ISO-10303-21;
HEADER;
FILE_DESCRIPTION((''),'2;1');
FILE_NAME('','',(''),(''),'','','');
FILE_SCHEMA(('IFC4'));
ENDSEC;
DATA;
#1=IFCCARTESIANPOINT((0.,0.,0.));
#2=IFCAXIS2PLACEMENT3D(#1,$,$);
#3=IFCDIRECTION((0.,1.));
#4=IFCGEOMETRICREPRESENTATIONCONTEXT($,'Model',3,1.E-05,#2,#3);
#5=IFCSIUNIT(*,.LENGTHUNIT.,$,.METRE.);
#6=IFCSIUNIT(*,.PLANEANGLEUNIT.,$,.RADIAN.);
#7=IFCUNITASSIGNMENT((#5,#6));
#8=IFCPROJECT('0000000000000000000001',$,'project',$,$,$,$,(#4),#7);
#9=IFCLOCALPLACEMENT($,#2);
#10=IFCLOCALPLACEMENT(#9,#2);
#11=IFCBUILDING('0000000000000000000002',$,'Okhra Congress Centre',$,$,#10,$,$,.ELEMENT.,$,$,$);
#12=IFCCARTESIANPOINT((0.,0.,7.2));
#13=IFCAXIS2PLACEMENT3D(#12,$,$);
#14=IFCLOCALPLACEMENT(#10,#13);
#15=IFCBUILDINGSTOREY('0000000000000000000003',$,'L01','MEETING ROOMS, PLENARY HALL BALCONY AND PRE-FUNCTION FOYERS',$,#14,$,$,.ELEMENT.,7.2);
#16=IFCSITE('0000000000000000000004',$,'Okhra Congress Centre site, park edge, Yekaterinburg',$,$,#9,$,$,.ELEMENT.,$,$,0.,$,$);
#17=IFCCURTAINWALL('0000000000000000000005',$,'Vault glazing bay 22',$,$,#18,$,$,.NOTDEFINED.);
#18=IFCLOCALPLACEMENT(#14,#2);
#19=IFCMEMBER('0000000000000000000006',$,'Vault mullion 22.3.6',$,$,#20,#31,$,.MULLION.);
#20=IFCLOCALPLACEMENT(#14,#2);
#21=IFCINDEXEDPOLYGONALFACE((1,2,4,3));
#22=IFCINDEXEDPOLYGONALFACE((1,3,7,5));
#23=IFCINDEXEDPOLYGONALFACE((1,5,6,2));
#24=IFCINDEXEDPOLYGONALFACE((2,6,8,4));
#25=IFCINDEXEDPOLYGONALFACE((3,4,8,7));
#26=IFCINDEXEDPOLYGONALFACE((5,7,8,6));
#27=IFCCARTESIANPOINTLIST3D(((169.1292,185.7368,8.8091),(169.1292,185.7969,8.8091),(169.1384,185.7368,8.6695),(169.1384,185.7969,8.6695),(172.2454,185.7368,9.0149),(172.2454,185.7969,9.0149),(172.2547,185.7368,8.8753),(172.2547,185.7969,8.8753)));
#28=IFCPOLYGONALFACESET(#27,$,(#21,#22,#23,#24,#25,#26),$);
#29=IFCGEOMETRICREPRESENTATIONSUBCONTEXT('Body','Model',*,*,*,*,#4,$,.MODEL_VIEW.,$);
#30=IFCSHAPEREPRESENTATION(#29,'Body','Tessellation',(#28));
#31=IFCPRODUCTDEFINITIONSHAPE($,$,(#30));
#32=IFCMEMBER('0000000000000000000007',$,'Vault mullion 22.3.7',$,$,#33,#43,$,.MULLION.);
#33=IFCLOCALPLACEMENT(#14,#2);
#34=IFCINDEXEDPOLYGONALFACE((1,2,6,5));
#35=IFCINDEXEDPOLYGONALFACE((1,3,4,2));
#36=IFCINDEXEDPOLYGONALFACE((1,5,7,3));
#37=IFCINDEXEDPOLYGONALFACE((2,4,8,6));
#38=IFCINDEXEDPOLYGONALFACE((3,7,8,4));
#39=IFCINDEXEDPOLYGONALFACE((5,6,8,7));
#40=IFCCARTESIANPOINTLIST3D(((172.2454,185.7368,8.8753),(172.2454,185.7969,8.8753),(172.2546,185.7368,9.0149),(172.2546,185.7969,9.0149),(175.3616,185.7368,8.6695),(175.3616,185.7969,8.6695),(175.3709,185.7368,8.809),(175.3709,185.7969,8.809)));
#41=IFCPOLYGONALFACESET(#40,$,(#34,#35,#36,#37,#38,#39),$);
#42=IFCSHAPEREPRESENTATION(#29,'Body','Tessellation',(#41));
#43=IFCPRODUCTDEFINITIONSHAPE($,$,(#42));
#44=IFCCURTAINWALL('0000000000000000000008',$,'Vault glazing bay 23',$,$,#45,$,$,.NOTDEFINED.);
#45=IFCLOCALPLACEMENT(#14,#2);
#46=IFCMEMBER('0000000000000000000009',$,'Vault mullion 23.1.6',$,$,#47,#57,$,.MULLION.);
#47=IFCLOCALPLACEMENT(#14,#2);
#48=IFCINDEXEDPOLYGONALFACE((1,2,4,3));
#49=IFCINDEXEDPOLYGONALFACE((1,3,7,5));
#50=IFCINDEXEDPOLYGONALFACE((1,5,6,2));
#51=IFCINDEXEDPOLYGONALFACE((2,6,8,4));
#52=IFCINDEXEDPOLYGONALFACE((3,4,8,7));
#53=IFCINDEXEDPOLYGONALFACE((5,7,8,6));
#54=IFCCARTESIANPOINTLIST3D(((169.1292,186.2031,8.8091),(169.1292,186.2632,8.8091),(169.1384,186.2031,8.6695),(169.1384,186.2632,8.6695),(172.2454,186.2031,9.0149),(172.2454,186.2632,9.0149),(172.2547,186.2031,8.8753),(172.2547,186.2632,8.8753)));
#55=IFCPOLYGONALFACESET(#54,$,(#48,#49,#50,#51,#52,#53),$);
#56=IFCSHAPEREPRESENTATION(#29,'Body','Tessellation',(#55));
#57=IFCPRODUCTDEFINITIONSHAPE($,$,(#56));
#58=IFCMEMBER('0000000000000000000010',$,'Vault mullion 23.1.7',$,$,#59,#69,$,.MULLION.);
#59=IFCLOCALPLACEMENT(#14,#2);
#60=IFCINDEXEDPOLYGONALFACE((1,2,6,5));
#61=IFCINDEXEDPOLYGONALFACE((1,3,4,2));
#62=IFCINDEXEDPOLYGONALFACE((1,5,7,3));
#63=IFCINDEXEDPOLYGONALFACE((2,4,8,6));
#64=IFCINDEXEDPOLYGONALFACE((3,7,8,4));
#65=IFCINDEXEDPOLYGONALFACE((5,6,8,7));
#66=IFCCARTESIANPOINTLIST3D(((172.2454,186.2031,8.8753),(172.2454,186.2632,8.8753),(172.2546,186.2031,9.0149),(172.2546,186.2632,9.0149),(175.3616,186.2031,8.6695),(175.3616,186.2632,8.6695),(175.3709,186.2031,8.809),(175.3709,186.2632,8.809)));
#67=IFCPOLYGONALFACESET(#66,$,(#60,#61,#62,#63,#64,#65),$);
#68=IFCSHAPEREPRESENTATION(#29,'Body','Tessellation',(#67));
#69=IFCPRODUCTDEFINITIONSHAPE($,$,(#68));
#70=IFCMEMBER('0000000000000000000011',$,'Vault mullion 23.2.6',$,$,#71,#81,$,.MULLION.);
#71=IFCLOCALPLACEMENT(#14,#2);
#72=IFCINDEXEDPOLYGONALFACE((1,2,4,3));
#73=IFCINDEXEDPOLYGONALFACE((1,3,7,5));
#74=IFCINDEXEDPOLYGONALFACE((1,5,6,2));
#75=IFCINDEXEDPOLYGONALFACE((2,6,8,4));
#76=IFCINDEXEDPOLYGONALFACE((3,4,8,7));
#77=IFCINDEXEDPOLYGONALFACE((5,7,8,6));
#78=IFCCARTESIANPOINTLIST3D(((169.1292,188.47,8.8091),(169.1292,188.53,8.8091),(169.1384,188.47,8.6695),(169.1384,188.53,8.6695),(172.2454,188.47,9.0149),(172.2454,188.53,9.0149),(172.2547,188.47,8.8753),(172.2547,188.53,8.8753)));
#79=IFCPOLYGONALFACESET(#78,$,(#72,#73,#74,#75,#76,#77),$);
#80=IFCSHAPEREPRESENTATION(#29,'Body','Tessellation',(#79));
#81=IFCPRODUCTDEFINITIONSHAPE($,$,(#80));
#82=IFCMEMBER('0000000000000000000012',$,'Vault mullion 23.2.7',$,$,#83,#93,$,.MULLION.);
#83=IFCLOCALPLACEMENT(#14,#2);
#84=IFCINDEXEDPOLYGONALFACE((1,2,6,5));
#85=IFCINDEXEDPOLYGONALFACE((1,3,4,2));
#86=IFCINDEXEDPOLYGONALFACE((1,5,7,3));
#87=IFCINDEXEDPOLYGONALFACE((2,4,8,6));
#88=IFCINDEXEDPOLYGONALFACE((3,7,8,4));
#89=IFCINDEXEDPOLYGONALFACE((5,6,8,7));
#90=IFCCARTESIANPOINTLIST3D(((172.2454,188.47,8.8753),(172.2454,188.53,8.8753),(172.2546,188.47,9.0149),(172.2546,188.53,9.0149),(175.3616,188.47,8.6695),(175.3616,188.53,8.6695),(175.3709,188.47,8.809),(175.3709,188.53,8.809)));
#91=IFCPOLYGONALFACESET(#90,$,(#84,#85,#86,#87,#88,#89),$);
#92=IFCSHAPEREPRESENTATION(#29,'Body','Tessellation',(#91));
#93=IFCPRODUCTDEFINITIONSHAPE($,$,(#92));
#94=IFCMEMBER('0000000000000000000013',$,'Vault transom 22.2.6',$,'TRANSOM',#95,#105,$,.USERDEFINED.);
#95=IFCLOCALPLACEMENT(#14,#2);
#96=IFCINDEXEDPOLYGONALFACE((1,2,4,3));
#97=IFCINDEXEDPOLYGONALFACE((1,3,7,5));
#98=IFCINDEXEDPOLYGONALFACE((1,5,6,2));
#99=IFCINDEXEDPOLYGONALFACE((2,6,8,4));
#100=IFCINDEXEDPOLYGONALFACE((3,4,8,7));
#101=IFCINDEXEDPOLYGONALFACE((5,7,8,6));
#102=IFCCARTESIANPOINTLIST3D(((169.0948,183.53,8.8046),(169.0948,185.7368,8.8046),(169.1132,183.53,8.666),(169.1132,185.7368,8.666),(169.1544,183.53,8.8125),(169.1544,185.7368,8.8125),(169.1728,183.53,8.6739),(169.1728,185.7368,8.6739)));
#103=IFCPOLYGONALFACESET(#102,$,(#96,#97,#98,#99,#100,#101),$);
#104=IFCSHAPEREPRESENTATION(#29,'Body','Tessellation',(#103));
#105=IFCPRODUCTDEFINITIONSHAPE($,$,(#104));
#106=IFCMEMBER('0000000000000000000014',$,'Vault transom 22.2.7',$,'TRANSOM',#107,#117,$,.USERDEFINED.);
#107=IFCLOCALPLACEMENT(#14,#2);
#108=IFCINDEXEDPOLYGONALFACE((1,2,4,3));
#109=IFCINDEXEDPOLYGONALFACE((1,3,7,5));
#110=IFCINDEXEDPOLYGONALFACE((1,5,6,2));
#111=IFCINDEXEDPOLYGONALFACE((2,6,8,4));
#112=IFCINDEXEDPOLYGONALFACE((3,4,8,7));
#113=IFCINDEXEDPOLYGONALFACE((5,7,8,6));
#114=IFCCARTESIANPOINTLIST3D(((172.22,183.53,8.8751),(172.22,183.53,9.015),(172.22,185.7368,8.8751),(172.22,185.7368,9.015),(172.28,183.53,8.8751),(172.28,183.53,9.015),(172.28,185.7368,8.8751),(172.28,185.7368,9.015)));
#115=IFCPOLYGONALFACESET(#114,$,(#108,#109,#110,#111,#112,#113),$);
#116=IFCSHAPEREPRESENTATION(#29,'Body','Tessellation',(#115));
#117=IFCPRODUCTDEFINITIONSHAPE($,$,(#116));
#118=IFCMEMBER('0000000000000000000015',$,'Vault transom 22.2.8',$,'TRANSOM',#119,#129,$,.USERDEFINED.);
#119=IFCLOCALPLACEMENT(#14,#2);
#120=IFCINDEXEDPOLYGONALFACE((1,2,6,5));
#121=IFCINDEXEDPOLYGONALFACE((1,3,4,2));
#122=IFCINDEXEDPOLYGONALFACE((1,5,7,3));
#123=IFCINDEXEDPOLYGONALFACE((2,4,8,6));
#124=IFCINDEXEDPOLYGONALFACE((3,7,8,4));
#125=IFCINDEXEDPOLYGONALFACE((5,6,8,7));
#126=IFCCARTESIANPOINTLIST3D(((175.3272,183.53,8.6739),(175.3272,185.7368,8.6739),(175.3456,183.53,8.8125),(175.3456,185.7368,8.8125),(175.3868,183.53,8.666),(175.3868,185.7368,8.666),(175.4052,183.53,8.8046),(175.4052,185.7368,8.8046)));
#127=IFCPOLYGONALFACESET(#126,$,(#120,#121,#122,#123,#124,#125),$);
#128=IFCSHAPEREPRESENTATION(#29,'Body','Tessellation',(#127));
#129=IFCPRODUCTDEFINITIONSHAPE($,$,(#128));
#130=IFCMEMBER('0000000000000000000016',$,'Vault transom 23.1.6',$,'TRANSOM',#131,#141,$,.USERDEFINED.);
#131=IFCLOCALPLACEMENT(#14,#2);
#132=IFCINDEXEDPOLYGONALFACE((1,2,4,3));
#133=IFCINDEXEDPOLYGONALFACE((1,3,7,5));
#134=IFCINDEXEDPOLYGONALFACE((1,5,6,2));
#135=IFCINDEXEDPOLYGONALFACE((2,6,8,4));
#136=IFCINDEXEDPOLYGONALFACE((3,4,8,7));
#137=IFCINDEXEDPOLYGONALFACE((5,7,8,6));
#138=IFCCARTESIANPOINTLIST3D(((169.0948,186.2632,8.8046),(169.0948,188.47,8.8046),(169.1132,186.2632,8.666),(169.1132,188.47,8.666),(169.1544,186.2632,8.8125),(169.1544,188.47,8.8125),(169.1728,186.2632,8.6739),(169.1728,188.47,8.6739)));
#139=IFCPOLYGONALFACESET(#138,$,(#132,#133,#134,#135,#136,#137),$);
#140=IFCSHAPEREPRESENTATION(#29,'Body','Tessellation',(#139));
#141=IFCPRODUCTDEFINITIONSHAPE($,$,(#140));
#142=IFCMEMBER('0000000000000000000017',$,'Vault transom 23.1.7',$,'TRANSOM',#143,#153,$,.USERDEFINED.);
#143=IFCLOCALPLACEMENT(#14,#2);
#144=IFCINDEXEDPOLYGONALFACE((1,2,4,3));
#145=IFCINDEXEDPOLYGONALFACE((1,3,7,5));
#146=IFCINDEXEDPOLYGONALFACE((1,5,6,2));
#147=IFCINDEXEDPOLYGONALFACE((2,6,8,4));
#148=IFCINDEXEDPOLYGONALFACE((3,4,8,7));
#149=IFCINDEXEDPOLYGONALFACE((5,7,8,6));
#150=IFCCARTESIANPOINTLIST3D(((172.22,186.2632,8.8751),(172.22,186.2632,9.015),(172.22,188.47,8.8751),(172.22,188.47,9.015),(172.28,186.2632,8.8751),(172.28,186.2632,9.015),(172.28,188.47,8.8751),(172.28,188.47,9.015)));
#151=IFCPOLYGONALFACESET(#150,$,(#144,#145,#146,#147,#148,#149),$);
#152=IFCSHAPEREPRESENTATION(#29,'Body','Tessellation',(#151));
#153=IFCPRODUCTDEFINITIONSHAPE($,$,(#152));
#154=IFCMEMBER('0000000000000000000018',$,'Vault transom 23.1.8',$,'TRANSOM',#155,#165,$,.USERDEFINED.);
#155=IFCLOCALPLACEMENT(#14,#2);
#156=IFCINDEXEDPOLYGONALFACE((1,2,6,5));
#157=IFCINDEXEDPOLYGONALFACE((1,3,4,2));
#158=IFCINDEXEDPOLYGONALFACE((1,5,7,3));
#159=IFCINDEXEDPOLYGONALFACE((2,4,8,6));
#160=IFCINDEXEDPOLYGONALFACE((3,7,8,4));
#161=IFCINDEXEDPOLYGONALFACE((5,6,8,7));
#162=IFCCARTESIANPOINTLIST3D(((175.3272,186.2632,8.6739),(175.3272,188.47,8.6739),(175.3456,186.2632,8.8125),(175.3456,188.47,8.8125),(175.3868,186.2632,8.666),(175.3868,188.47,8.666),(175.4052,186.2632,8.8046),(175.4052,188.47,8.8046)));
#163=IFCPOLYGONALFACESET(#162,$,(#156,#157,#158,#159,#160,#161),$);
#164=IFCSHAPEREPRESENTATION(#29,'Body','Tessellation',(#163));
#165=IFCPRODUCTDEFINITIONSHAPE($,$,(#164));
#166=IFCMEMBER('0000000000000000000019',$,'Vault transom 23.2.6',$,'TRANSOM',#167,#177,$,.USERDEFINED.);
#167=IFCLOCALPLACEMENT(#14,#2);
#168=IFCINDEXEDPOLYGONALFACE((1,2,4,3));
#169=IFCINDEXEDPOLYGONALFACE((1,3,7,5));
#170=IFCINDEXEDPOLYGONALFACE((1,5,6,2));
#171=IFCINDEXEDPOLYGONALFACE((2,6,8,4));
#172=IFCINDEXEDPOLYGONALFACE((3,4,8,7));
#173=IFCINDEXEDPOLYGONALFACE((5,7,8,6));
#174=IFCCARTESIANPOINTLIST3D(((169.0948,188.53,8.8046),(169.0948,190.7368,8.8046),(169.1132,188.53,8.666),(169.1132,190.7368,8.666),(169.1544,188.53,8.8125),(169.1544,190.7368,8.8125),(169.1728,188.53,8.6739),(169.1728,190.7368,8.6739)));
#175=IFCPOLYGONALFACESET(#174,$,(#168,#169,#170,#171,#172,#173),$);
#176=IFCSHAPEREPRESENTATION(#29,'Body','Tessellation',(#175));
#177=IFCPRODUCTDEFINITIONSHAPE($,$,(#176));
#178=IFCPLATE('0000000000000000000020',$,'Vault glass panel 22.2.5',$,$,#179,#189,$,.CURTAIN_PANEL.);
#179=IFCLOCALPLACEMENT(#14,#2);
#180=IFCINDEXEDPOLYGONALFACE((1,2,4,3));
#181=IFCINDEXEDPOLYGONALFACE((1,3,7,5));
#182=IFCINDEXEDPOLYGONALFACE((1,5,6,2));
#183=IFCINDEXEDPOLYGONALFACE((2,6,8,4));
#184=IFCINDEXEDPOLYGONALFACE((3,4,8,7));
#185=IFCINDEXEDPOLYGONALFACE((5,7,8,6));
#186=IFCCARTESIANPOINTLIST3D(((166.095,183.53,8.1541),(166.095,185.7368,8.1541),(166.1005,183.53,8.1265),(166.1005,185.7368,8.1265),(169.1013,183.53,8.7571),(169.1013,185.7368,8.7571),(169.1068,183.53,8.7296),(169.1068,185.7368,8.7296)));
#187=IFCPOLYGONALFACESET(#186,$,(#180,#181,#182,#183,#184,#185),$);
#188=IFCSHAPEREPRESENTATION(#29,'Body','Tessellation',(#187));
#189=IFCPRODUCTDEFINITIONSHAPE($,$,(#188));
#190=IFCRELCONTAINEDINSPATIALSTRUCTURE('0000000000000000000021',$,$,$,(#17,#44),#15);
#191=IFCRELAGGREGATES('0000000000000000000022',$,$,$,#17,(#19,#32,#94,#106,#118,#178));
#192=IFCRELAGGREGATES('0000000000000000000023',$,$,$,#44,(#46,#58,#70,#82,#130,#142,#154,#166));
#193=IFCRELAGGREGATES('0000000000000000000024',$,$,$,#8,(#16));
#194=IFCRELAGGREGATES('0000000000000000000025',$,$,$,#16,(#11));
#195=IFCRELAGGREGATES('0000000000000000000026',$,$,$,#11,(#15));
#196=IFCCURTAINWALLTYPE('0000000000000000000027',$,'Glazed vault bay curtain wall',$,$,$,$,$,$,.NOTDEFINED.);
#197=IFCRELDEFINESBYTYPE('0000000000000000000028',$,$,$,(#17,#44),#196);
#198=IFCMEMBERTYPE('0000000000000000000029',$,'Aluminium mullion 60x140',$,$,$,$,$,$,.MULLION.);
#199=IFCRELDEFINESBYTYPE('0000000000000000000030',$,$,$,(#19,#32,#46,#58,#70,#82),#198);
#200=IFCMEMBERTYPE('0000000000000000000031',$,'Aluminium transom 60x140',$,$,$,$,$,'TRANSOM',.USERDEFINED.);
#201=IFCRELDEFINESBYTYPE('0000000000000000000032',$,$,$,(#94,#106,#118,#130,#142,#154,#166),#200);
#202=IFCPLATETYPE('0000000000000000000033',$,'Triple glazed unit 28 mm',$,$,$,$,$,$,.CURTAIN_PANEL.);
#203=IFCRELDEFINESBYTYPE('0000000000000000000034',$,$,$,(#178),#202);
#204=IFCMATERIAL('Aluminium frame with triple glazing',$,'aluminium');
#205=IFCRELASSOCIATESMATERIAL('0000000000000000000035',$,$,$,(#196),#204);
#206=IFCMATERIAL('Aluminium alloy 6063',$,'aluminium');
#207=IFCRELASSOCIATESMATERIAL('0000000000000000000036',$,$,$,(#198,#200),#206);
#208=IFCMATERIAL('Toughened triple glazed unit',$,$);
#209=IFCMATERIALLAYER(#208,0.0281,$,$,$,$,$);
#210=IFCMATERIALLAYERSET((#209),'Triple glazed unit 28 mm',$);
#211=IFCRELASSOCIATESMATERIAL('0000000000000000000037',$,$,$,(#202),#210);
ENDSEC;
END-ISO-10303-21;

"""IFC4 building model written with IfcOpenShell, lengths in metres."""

from ifc_helpers import new_model, si_unit, direction, frame, origin, origin_2d, place, context, subcontext, project, spatial, polyline, rectangle, outline, extrude, material, layer, layer_set, material_profile, profile_set, type_object, element, aggregate, save


model = new_model("IFC4")

# Units and contexts
model_context = context("Model", 3, precision=1e-05, world=origin(), true_north=direction((0.0, 1.0)))
body_context = subcontext(model_context, "Body", "Model", "MODEL_VIEW")
ifc_project = project(units=[si_unit("LENGTHUNIT", "METRE"), si_unit("PLANEANGLEUNIT", "RADIAN")], contexts=[model_context])

# Site, building, storey
site_placement = place(None, origin())
site = spatial("IfcSite", under=ifc_project, at=site_placement, Name="Okhra Congress Centre site, park edge, Yekaterinburg", CompositionType="ELEMENT", RefElevation=0.0)
building_placement = place(site_placement, origin())
building = spatial("IfcBuilding", under=site, at=building_placement, Name="Okhra Congress Centre", CompositionType="ELEMENT")
storey_placement = place(building_placement, frame((0.0, 0.0, 7.2)))
storey = spatial("IfcBuildingStorey", under=building, at=storey_placement, Name="L01", Description="MEETING ROOMS, PLENARY HALL BALCONY AND PRE-FUNCTION FOYERS", CompositionType="ELEMENT", Elevation=7.2)

# Curtain walls, members
ifc_material_1 = material(Name="Aluminium frame with triple glazing", Category="aluminium")
curtain_wall_type = type_object("IfcCurtainWallType", Name="Glazed vault bay curtain wall", PredefinedType="NOTDEFINED", material=ifc_material_1)
curtain_wall_1_placement = place(storey_placement, origin())
curtain_wall_1 = element("IfcCurtainWall", 1, at=curtain_wall_1_placement, inside=storey, type_object=curtain_wall_type, Name="Vault glazing bay 22", PredefinedType="NOTDEFINED")
ifc_material_2 = material(Name="Aluminium alloy 6063", Category="aluminium")
ifc_material_profile_1 = material_profile(ifc_material_2, rectangle(XDim=0.0601, YDim=0.1399, at=origin_2d()), Name="AL 60x140")
ifc_profile_set_1 = profile_set([ifc_material_profile_1], Name="Aluminium alloy 6063")
member_type_1 = type_object("IfcMemberType", Name="Aluminium mullion 60x140", PredefinedType="MULLION", material=ifc_profile_set_1)
member_1_placement = place(storey_placement, frame((169.1338, 185.7668, 8.7393), z_axis=(0.997826, 0.0, 0.065902), x_axis=(0.0, 1.0, 0.0)))
member_1 = element("IfcMember", 2, at=member_1_placement, type_object=member_type_1, Name="Vault mullion 22.3.6", PredefinedType="MULLION", context=body_context, shape_type="SweptSolid", body=[
    extrude(rectangle(XDim=0.0601, YDim=0.1399, at=origin_2d()), origin(), (0.0, 0.0, 1.0), 3.123),
])
member_2_placement = place(storey_placement, frame((172.25, 185.7668, 8.9451), z_axis=(0.997826, 0.0, -0.065902), x_axis=(0.0, 1.0, 0.0)))
member_2 = element("IfcMember", 3, at=member_2_placement, type_object=member_type_1, Name="Vault mullion 22.3.7", PredefinedType="MULLION", context=body_context, shape_type="SweptSolid", body=[
    extrude(rectangle(XDim=0.0601, YDim=0.1399, at=origin_2d()), origin(), (0.0, 0.0, 1.0), 3.123),
])
curtain_wall_2_placement = place(storey_placement, origin())
curtain_wall_2 = element("IfcCurtainWall", 4, at=curtain_wall_2_placement, inside=storey, type_object=curtain_wall_type, Name="Vault glazing bay 23", PredefinedType="NOTDEFINED")
member_3_placement = place(storey_placement, frame((169.1338, 186.2332, 8.7393), z_axis=(0.997826, 0.0, 0.065902), x_axis=(0.0, 1.0, 0.0)))
member_3 = element("IfcMember", 5, at=member_3_placement, type_object=member_type_1, Name="Vault mullion 23.1.6", PredefinedType="MULLION", context=body_context, shape_type="SweptSolid", body=[
    extrude(rectangle(XDim=0.0601, YDim=0.1399, at=origin_2d()), origin(), (0.0, 0.0, 1.0), 3.123),
])
member_4_placement = place(storey_placement, frame((172.25, 186.2332, 8.9451), z_axis=(0.997826, 0.0, -0.065902), x_axis=(0.0, 1.0, 0.0)))
member_4 = element("IfcMember", 6, at=member_4_placement, type_object=member_type_1, Name="Vault mullion 23.1.7", PredefinedType="MULLION", context=body_context, shape_type="SweptSolid", body=[
    extrude(rectangle(XDim=0.0601, YDim=0.1399, at=origin_2d()), origin(), (0.0, 0.0, 1.0), 3.123),
])
member_5_placement = place(storey_placement, frame((169.1338, 188.5, 8.7393), z_axis=(0.997826, 0.0, 0.065902), x_axis=(0.0, 1.0, 0.0)))
member_5 = element("IfcMember", 7, at=member_5_placement, type_object=member_type_1, Name="Vault mullion 23.2.6", PredefinedType="MULLION", context=body_context, shape_type="SweptSolid", body=[
    extrude(rectangle(XDim=0.0601, YDim=0.1399, at=origin_2d()), origin(), (0.0, 0.0, 1.0), 3.123),
])
member_6_placement = place(storey_placement, frame((172.25, 188.5, 8.9451), z_axis=(0.997826, 0.0, -0.065902), x_axis=(0.0, 1.0, 0.0)))
member_6 = element("IfcMember", 8, at=member_6_placement, type_object=member_type_1, Name="Vault mullion 23.2.7", PredefinedType="MULLION", context=body_context, shape_type="SweptSolid", body=[
    extrude(rectangle(XDim=0.0601, YDim=0.1399, at=origin_2d()), origin(), (0.0, 0.0, 1.0), 3.123),
])

# Members
ifc_material_profile_2 = material_profile(ifc_material_2, rectangle(XDim=0.0601, YDim=0.1399, at=origin_2d()), Name="AL 60x140 transom")
ifc_profile_set_2 = profile_set([ifc_material_profile_2], Name="Aluminium alloy 6063")
member_type_2 = type_object("IfcMemberType", Name="Aluminium transom 60x140", ElementType="TRANSOM", PredefinedType="USERDEFINED", material=ifc_profile_set_2)
member_7_placement = place(storey_placement, frame((169.1338, 183.53, 8.7393), z_axis=(0.0, 1.0, 0.0), x_axis=(-0.991307, 0.0, -0.131568)))
member_7 = element("IfcMember", 9, at=member_7_placement, type_object=member_type_2, Name="Vault transom 22.2.6", ObjectType="TRANSOM", PredefinedType="USERDEFINED", context=body_context, shape_type="SweptSolid", body=[
    extrude(rectangle(XDim=0.0601, YDim=0.1399, at=origin_2d()), origin(), (0.0, 0.0, 1.0), 2.2068),
])
member_8_placement = place(storey_placement, frame((172.25, 183.53, 8.9451), z_axis=(0.0, 1.0, 0.0), x_axis=(-1.0, 0.0, 0.0)))
member_8 = element("IfcMember", 10, at=member_8_placement, type_object=member_type_2, Name="Vault transom 22.2.7", ObjectType="TRANSOM", PredefinedType="USERDEFINED", context=body_context, shape_type="SweptSolid", body=[
    extrude(rectangle(XDim=0.0601, YDim=0.1399, at=origin_2d()), origin(), (0.0, 0.0, 1.0), 2.2068),
])
member_9_placement = place(storey_placement, frame((175.3662, 183.53, 8.7393), z_axis=(0.0, 1.0, 0.0), x_axis=(-0.991307, 0.0, 0.131568)))
member_9 = element("IfcMember", 11, at=member_9_placement, type_object=member_type_2, Name="Vault transom 22.2.8", ObjectType="TRANSOM", PredefinedType="USERDEFINED", context=body_context, shape_type="SweptSolid", body=[
    extrude(rectangle(XDim=0.0601, YDim=0.1399, at=origin_2d()), origin(), (0.0, 0.0, 1.0), 2.2068),
])
member_10_placement = place(storey_placement, frame((169.1338, 186.2632, 8.7393), z_axis=(0.0, 1.0, 0.0), x_axis=(-0.991307, 0.0, -0.131568)))
member_10 = element("IfcMember", 12, at=member_10_placement, type_object=member_type_2, Name="Vault transom 23.1.6", ObjectType="TRANSOM", PredefinedType="USERDEFINED", context=body_context, shape_type="SweptSolid", body=[
    extrude(rectangle(XDim=0.0601, YDim=0.1399, at=origin_2d()), origin(), (0.0, 0.0, 1.0), 2.2068),
])
member_11_placement = place(storey_placement, frame((172.25, 186.2632, 8.9451), z_axis=(0.0, 1.0, 0.0), x_axis=(-1.0, 0.0, 0.0)))
member_11 = element("IfcMember", 13, at=member_11_placement, type_object=member_type_2, Name="Vault transom 23.1.7", ObjectType="TRANSOM", PredefinedType="USERDEFINED", context=body_context, shape_type="SweptSolid", body=[
    extrude(rectangle(XDim=0.0601, YDim=0.1399, at=origin_2d()), origin(), (0.0, 0.0, 1.0), 2.2068),
])
member_12_placement = place(storey_placement, frame((175.3662, 186.2632, 8.7393), z_axis=(0.0, 1.0, 0.0), x_axis=(-0.991307, 0.0, 0.131568)))
member_12 = element("IfcMember", 14, at=member_12_placement, type_object=member_type_2, Name="Vault transom 23.1.8", ObjectType="TRANSOM", PredefinedType="USERDEFINED", context=body_context, shape_type="SweptSolid", body=[
    extrude(rectangle(XDim=0.0601, YDim=0.1399, at=origin_2d()), origin(), (0.0, 0.0, 1.0), 2.2068),
])
member_13_placement = place(storey_placement, frame((169.1338, 188.53, 8.7393), z_axis=(0.0, 1.0, 0.0), x_axis=(-0.991307, 0.0, -0.131568)))
member_13 = element("IfcMember", 15, at=member_13_placement, type_object=member_type_2, Name="Vault transom 23.2.6", ObjectType="TRANSOM", PredefinedType="USERDEFINED", context=body_context, shape_type="SweptSolid", body=[
    extrude(rectangle(XDim=0.0601, YDim=0.1399, at=origin_2d()), origin(), (0.0, 0.0, 1.0), 2.2068),
])

# Plate
ifc_material_3 = material(Name="Toughened triple glazed unit")
ifc_layer = layer(ifc_material_3, 0.0281)
ifc_layer_set = layer_set([ifc_layer], Name="Triple glazed unit 28 mm")
plate_type = type_object("IfcPlateType", Name="Triple glazed unit 28 mm", PredefinedType="CURTAIN_PANEL", material=ifc_layer_set)
plate_1_placement = place(storey_placement, frame((166.095, 183.53, 8.1541), z_axis=(-0.196667, 0.0, 0.98047), x_axis=(0.98047, 0.0, 0.196667)))
plate_1 = element("IfcPlate", 16, at=plate_1_placement, type_object=plate_type, Name="Vault glass panel 22.2.5", PredefinedType="CURTAIN_PANEL", context=body_context, shape_type="SweptSolid", body=[
    extrude(outline(polyline([(0.0, 0.0), (3.0662, 0.0), (3.0662, 2.2068), (0.0, 2.2068), (0.0, 0.0)])), origin(), (0.0, 0.0, -1.0), 0.0281),
])
aggregate(curtain_wall_1, [member_1, member_2, member_7, member_8, member_9, plate_1])
aggregate(curtain_wall_2, [member_3, member_4, member_5, member_6, member_10, member_11, member_12, member_13])

save(model, "model.ifc")
